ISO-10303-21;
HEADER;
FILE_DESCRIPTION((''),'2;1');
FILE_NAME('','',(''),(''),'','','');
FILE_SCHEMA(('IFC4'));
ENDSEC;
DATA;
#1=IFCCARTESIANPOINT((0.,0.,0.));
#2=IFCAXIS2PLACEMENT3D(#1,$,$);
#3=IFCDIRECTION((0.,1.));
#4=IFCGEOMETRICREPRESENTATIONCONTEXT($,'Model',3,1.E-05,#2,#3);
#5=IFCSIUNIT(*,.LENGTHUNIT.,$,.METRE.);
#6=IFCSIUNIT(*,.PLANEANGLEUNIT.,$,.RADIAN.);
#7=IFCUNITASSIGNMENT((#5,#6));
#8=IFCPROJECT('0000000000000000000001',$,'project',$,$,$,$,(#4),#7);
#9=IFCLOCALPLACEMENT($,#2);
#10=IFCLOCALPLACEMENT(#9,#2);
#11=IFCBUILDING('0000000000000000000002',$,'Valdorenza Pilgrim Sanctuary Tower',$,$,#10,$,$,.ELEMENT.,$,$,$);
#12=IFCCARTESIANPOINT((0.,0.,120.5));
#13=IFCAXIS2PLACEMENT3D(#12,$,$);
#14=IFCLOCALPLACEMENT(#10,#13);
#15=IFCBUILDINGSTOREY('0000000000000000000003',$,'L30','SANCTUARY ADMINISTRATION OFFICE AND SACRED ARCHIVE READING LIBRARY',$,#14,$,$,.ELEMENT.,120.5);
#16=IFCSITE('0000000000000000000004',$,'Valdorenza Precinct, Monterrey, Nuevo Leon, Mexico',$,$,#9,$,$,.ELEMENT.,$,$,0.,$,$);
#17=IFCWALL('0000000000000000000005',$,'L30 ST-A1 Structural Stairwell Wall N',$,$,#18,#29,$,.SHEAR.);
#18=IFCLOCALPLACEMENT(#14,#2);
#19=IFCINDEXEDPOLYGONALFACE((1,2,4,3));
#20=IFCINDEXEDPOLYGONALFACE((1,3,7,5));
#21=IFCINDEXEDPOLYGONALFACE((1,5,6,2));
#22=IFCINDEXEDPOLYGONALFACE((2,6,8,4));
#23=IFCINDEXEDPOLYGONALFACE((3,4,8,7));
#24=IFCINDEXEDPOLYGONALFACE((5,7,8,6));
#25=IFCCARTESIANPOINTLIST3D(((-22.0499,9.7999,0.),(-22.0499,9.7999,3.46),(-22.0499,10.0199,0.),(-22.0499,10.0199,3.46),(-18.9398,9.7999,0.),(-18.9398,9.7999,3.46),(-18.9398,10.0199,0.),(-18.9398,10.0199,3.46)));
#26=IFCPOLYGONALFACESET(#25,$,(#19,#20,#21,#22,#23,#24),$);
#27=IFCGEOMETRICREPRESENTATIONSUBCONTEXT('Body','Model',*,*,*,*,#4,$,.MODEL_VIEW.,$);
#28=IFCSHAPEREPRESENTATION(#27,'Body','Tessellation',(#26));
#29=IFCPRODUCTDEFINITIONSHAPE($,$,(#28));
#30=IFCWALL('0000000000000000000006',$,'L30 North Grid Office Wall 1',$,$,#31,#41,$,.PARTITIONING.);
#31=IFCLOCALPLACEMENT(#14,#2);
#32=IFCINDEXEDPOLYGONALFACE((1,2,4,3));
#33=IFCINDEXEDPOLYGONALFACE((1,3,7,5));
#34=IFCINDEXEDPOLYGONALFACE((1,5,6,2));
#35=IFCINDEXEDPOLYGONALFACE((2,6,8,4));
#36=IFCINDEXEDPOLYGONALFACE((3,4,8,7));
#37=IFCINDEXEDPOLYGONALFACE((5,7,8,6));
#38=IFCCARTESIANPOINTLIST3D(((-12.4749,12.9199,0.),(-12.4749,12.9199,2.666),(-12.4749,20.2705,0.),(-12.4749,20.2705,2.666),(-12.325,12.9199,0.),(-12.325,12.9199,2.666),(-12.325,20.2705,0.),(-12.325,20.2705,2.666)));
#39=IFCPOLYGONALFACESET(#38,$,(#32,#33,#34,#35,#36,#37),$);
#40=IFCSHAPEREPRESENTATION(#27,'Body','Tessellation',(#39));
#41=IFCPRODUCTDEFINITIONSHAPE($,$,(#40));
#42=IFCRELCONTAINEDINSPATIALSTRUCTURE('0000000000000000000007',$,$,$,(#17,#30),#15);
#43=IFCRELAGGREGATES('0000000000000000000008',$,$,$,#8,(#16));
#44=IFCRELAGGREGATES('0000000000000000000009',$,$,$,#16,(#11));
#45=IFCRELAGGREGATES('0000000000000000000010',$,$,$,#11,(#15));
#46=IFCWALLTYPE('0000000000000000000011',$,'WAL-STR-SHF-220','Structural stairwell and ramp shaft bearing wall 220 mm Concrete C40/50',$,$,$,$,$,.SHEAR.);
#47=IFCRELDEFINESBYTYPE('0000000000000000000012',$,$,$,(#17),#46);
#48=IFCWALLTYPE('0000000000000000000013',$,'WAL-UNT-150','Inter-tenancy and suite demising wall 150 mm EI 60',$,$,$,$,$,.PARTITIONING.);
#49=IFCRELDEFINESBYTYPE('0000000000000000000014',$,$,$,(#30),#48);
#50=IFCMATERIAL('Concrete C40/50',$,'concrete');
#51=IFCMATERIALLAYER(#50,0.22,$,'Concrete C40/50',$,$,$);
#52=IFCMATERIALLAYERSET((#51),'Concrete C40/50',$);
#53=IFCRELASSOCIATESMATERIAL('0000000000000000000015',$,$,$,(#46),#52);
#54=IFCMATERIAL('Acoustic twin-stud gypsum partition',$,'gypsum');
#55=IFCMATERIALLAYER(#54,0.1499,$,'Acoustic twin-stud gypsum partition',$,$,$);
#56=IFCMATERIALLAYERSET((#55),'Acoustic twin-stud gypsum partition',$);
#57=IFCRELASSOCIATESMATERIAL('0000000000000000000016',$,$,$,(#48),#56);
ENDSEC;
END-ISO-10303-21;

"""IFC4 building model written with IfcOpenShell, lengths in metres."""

from ifc_helpers import new_model, si_unit, direction, frame, frame_2d, origin, place, context, subcontext, project, spatial, rectangle, extrude, material, layer, layer_set, type_object, element, save


model = new_model("IFC4")

# Units and contexts
model_context = context("Model", 3, precision=1e-05, world=origin(), true_north=direction((0.0, 1.0)))
body_context = subcontext(model_context, "Body", "Model", "MODEL_VIEW")
ifc_project = project(units=[si_unit("LENGTHUNIT", "METRE"), si_unit("PLANEANGLEUNIT", "RADIAN")], contexts=[model_context])

# Site, building, storey
site_placement = place(None, origin())
site = spatial("IfcSite", under=ifc_project, at=site_placement, Name="Valdorenza Precinct, Monterrey, Nuevo Leon, Mexico", CompositionType="ELEMENT", RefElevation=0.0)
building_placement = place(site_placement, origin())
building = spatial("IfcBuilding", under=site, at=building_placement, Name="Valdorenza Pilgrim Sanctuary Tower", CompositionType="ELEMENT")
storey_placement = place(building_placement, frame((0.0, 0.0, 120.5)))
storey = spatial("IfcBuildingStorey", under=building, at=storey_placement, Name="L30", Description="SANCTUARY ADMINISTRATION OFFICE AND SACRED ARCHIVE READING LIBRARY", CompositionType="ELEMENT", Elevation=120.5)

# Shared definitions
ifc_material_1 = material(Name="Acoustic twin-stud gypsum partition", Category="gypsum")

# Walls
ifc_material_2 = material(Name="Concrete C40/50", Category="concrete")
ifc_layer_1 = layer(ifc_material_2, 0.22, Name="Concrete C40/50")
ifc_layer_set_1 = layer_set([ifc_layer_1], Name="Concrete C40/50")
wall_type_1 = type_object("IfcWallType", Name="WAL-STR-SHF-220", Description="Structural stairwell and ramp shaft bearing wall 220 mm Concrete C40/50", PredefinedType="SHEAR", material=ifc_layer_set_1)
wall_1_placement = place(storey_placement, frame((-22.05, 9.9099, 0.0), z_axis=(0.0, 0.0, 1.0), x_axis=(1.0, 0.0, 0.0)))
element("IfcWall", 1, at=wall_1_placement, inside=storey, type_object=wall_type_1, Name="L30 ST-A1 Structural Stairwell Wall N", PredefinedType="SHEAR", context=body_context, shape_type="SweptSolid", body=[
    extrude(rectangle(XDim=3.1101, YDim=0.22, at=frame_2d((1.5552, 0.0))), origin(), (0.0, 0.0, 1.0), 3.46),
])
ifc_layer_2 = layer(ifc_material_1, 0.1499, Name="Acoustic twin-stud gypsum partition")
ifc_layer_set_2 = layer_set([ifc_layer_2], Name="Acoustic twin-stud gypsum partition")
wall_type_2 = type_object("IfcWallType", Name="WAL-UNT-150", Description="Inter-tenancy and suite demising wall 150 mm EI 60", PredefinedType="PARTITIONING", material=ifc_layer_set_2)
wall_2_placement = place(storey_placement, frame((-12.3999, 12.9199, 0.0), z_axis=(0.0, 0.0, 1.0), x_axis=(0.0, 1.0, 0.0)))
element("IfcWall", 2, at=wall_2_placement, inside=storey, type_object=wall_type_2, Name="L30 North Grid Office Wall 1", PredefinedType="PARTITIONING", context=body_context, shape_type="SweptSolid", body=[
    extrude(rectangle(XDim=7.3506, YDim=0.1499, at=frame_2d((3.6753, 0.0))), origin(), (0.0, 0.0, 1.0), 2.666),
])

save(model, "model.ifc")
